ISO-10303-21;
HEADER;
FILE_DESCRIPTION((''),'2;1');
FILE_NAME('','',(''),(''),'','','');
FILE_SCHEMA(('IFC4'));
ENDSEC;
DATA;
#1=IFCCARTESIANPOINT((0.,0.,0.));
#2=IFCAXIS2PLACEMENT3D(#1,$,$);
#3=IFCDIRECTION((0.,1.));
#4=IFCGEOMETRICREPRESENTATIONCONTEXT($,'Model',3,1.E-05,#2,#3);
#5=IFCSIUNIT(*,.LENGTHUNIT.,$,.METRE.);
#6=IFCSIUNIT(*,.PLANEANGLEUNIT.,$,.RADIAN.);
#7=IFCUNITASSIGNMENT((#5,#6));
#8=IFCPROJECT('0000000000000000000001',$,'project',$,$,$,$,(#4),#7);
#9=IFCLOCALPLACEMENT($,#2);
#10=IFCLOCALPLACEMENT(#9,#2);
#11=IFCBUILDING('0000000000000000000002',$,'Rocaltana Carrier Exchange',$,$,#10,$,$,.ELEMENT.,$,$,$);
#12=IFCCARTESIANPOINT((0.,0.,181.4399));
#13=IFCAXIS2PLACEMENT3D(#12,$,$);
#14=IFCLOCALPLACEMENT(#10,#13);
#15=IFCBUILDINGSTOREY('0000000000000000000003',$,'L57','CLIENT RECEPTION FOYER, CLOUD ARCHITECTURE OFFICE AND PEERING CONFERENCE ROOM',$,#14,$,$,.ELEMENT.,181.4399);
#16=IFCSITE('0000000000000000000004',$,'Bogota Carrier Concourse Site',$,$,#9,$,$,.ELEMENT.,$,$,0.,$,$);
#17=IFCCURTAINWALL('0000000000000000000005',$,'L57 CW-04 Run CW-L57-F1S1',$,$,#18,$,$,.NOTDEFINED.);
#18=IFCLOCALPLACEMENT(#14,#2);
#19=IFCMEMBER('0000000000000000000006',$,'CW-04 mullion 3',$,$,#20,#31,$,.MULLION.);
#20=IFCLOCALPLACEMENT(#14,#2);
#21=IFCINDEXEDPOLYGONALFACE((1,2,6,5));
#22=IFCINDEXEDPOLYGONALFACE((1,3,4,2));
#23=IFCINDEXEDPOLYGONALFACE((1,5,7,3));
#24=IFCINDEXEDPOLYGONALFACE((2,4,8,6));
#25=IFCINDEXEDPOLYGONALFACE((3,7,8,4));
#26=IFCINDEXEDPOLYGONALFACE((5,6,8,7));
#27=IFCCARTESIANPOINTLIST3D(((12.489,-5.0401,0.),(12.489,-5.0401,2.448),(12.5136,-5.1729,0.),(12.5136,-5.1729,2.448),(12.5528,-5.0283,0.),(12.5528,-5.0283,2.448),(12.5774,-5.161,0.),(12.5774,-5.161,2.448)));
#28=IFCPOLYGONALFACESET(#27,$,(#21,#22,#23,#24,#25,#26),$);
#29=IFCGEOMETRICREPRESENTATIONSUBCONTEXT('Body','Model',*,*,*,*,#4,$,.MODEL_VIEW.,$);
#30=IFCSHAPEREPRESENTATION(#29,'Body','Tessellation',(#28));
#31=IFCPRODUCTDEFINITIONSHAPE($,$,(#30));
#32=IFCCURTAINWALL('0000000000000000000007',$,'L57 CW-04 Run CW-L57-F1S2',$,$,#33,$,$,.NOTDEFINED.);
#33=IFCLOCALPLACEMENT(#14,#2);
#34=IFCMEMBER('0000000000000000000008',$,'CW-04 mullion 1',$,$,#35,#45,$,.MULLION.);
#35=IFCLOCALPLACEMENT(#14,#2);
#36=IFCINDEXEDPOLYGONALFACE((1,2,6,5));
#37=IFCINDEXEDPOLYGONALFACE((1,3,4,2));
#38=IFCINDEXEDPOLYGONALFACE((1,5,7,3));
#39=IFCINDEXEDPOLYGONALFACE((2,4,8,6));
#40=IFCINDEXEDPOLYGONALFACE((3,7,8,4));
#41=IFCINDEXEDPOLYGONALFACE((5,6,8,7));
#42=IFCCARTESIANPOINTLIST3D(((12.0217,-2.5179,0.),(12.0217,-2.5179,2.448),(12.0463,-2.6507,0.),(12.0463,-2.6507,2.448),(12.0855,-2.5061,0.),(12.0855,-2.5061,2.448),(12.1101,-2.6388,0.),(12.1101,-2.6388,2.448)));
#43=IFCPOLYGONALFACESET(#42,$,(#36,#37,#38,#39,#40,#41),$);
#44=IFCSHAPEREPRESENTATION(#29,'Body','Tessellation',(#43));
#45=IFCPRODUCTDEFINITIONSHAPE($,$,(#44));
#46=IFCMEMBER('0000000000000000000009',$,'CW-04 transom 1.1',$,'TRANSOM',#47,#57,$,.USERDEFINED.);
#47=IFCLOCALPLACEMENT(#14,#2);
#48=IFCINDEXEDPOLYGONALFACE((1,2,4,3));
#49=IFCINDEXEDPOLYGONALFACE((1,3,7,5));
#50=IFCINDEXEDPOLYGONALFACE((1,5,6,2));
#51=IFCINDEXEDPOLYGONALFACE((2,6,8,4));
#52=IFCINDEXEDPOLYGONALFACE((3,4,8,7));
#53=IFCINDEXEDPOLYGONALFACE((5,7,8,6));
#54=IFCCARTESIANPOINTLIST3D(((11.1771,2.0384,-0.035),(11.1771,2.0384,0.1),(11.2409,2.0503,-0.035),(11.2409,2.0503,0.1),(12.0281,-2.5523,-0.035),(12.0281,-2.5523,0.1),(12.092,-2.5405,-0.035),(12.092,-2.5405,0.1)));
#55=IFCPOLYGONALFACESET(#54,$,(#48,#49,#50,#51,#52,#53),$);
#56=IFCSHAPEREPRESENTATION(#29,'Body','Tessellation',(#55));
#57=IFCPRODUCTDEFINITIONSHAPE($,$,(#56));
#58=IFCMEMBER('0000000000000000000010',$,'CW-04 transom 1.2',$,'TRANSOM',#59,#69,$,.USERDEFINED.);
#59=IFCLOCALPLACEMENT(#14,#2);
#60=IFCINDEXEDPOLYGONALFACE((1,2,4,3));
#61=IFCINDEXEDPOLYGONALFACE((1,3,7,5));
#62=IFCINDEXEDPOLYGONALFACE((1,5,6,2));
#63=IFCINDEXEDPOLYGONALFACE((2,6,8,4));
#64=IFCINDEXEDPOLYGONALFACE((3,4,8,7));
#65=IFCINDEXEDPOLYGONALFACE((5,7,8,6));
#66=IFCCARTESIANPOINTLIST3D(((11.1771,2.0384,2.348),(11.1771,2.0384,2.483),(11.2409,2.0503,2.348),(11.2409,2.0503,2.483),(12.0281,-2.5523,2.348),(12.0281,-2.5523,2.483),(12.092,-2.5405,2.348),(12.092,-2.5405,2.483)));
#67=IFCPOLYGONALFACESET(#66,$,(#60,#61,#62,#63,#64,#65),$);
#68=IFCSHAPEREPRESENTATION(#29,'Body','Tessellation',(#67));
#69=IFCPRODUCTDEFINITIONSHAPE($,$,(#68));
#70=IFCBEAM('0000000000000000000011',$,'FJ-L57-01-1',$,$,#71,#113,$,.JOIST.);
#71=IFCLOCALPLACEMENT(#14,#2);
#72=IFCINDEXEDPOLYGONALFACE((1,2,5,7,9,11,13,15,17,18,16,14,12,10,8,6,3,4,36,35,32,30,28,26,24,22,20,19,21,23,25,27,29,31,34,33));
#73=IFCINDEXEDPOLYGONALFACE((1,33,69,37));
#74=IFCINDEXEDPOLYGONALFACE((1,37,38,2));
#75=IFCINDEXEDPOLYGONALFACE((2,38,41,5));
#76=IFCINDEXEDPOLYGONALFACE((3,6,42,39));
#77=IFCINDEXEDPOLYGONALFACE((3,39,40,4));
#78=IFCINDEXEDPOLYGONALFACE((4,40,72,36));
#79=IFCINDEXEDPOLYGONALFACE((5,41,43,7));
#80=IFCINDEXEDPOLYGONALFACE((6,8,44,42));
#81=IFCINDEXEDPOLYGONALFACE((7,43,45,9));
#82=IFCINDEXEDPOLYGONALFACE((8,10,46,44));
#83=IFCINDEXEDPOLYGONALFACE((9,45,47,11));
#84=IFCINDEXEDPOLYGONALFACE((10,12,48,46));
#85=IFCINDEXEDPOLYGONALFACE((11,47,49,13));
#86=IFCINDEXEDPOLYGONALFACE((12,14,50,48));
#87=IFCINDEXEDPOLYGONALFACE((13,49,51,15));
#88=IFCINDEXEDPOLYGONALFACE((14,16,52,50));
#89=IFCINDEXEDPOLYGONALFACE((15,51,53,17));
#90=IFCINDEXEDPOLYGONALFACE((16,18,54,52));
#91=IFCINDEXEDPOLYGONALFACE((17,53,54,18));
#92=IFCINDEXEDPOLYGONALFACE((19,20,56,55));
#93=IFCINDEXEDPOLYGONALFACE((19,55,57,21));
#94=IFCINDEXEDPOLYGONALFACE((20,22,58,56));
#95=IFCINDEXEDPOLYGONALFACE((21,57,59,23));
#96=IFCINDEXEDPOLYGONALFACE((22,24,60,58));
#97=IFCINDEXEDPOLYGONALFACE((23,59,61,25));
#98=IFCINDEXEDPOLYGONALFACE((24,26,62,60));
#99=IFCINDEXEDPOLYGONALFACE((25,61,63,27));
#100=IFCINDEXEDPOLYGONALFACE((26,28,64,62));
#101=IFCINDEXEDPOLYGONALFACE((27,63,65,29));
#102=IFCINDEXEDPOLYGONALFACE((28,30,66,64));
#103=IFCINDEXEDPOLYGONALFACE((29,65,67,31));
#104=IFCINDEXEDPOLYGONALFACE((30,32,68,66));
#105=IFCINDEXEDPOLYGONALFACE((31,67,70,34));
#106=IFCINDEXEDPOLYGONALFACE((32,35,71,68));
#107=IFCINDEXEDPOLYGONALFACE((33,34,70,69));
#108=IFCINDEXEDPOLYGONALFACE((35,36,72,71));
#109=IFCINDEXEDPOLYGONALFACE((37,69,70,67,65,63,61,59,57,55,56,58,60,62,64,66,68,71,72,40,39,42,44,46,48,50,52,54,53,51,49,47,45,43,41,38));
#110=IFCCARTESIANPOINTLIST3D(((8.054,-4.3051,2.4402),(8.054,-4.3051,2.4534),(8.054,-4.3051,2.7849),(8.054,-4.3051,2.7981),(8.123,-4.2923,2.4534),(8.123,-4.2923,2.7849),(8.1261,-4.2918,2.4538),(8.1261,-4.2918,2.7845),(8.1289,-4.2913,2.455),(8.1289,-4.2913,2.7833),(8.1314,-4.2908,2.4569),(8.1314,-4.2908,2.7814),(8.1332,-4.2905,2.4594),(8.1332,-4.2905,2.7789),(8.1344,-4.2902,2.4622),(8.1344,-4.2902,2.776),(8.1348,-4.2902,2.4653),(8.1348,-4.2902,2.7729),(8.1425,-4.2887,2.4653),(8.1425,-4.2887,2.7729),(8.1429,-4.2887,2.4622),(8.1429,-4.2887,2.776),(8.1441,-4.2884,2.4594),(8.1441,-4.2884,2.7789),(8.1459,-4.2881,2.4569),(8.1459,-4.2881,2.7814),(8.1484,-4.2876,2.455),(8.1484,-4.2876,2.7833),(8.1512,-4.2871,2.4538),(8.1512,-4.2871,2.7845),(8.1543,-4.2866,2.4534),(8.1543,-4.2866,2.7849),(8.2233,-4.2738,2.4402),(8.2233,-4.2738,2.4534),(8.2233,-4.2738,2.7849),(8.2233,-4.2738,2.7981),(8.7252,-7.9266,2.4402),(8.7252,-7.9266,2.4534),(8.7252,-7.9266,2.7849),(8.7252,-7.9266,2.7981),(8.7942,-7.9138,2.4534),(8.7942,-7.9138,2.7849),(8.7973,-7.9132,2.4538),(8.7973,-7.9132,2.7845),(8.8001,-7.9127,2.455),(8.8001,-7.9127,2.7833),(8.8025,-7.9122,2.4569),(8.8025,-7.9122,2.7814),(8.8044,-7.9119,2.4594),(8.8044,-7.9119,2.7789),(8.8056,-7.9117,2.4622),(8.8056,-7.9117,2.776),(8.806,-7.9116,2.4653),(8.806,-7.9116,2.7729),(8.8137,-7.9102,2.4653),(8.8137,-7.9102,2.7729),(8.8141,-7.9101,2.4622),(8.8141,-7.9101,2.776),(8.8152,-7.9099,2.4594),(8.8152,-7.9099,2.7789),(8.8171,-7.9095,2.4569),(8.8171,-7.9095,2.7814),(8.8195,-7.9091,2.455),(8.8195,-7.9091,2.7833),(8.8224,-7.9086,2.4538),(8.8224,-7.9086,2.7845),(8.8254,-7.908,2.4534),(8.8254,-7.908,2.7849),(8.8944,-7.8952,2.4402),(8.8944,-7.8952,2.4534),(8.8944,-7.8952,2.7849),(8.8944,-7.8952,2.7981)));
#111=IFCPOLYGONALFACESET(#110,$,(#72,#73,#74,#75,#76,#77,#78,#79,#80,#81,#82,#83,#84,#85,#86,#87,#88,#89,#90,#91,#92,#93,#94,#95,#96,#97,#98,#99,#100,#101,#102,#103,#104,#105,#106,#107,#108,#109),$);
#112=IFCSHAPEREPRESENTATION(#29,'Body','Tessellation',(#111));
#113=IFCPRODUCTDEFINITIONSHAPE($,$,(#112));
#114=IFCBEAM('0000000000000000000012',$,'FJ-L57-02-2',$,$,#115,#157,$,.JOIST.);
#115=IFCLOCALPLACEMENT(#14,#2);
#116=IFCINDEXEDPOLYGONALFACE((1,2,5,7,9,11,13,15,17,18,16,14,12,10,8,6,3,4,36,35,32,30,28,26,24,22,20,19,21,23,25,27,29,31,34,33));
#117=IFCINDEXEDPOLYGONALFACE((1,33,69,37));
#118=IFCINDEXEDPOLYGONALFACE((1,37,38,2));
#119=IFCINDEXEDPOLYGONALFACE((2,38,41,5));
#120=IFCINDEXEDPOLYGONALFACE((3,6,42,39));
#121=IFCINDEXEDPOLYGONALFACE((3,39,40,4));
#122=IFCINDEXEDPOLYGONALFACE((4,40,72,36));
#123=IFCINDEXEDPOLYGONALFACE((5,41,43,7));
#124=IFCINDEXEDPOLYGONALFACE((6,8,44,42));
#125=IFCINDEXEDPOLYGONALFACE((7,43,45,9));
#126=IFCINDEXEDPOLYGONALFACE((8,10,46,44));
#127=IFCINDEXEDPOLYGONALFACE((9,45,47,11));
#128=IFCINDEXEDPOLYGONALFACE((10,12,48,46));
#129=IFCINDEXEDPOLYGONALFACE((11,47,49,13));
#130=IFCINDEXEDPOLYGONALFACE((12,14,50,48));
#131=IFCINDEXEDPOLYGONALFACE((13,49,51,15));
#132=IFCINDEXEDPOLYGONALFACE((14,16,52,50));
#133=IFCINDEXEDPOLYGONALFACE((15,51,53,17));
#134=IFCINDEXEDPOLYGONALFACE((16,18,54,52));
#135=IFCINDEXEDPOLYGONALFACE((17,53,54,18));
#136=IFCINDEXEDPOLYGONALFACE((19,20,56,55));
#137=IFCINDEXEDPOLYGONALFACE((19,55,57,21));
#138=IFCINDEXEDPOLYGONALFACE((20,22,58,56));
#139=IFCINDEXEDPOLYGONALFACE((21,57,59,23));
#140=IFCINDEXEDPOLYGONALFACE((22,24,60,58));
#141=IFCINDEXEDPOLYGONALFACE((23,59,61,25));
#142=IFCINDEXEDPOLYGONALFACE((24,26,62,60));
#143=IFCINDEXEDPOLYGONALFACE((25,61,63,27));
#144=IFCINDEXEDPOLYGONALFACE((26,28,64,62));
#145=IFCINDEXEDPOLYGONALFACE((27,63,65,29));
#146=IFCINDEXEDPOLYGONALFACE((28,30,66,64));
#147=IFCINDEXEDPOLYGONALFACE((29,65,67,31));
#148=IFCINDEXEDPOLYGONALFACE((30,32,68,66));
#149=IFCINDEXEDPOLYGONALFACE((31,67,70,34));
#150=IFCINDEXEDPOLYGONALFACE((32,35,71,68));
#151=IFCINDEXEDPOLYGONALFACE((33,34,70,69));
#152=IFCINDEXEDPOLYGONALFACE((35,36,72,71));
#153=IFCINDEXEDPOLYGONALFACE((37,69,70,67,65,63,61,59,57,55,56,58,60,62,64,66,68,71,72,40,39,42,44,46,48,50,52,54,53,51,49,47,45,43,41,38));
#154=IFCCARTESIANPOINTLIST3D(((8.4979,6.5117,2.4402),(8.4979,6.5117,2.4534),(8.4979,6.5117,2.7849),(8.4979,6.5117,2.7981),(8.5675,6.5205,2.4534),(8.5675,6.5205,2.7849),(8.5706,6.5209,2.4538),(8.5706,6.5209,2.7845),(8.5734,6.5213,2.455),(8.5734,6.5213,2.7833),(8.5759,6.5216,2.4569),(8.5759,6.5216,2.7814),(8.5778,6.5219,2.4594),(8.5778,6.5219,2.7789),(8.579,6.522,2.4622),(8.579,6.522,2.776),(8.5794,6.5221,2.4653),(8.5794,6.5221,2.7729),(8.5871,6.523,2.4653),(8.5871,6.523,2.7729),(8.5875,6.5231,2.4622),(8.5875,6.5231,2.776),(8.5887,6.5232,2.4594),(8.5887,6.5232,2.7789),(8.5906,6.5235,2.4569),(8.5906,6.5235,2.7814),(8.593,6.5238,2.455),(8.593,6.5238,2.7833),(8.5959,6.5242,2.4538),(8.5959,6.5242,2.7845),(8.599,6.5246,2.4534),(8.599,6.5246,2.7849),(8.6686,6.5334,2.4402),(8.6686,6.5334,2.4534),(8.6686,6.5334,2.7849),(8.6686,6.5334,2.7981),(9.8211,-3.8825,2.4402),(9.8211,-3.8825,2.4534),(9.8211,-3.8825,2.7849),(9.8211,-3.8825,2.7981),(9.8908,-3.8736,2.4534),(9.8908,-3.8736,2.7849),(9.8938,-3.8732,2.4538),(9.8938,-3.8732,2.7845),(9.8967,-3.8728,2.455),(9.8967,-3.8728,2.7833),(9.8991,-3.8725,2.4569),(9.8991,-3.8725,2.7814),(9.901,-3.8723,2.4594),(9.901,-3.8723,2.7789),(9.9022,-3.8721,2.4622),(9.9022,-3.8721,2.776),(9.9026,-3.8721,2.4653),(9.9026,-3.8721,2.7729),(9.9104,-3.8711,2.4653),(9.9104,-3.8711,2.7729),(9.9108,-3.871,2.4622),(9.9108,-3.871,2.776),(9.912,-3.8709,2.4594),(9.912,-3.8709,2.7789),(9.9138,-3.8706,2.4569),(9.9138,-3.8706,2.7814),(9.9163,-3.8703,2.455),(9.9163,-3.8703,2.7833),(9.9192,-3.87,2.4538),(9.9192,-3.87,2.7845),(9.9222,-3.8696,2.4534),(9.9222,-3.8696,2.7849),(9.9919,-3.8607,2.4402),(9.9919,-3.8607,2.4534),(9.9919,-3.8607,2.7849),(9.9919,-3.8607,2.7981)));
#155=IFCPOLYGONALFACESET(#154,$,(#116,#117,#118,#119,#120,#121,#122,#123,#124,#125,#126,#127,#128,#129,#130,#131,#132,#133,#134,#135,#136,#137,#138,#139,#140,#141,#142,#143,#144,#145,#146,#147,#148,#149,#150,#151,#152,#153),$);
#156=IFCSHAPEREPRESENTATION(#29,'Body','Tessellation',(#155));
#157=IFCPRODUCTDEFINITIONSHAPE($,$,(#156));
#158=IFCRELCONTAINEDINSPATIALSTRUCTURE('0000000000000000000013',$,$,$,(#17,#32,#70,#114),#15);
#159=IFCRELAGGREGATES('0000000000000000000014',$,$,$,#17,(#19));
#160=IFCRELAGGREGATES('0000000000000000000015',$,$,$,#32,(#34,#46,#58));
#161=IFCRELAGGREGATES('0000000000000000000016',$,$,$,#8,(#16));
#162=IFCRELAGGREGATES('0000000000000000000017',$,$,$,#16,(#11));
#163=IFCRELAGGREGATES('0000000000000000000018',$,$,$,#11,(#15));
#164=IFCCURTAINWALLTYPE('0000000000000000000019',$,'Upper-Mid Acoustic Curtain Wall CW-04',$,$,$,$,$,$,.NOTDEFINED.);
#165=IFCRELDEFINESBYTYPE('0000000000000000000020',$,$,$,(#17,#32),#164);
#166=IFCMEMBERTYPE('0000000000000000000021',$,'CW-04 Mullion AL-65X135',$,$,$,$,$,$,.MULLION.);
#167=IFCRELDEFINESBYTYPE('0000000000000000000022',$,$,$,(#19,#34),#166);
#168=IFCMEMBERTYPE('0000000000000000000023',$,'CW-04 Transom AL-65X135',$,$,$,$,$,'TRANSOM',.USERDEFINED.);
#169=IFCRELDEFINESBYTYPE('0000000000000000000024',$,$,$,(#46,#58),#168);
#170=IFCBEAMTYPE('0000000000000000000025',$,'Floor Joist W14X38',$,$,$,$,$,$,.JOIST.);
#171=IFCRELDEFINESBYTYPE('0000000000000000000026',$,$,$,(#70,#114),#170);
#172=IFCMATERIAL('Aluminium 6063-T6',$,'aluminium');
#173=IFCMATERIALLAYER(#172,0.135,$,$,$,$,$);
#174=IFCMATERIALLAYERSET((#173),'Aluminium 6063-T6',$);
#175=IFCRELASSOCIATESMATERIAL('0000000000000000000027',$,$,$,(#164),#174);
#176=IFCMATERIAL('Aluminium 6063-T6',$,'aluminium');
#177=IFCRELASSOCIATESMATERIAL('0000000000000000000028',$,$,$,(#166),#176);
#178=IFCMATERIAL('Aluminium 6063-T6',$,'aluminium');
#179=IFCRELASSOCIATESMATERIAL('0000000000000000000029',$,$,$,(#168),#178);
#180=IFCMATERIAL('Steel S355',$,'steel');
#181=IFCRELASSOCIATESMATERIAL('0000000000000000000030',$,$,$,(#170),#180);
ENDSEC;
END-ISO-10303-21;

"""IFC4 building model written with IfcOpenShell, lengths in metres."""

from ifc_helpers import new_model, si_unit, direction, frame, origin, origin_2d, place, context, subcontext, project, spatial, rectangle, i_section, extrude, material, layer, layer_set, material_profile, profile_set, type_object, element, aggregate, save


model = new_model("IFC4")

# Units and contexts
model_context = context("Model", 3, precision=1e-05, world=origin(), true_north=direction((0.0, 1.0)))
body_context = subcontext(model_context, "Body", "Model", "MODEL_VIEW")
ifc_project = project(units=[si_unit("LENGTHUNIT", "METRE"), si_unit("PLANEANGLEUNIT", "RADIAN")], contexts=[model_context])

# Site, building, storey
site_placement = place(None, origin())
site = spatial("IfcSite", under=ifc_project, at=site_placement, Name="Bogota Carrier Concourse Site", CompositionType="ELEMENT", RefElevation=0.0)
building_placement = place(site_placement, origin())
building = spatial("IfcBuilding", under=site, at=building_placement, Name="Rocaltana Carrier Exchange", CompositionType="ELEMENT")
storey_placement = place(building_placement, frame((0.0, 0.0, 181.4399)))
storey = spatial("IfcBuildingStorey", under=building, at=storey_placement, Name="L57", Description="CLIENT RECEPTION FOYER, CLOUD ARCHITECTURE OFFICE AND PEERING CONFERENCE ROOM", CompositionType="ELEMENT", Elevation=181.4399)

# Curtain wall, member
ifc_material_1 = material(Name="Aluminium 6063-T6", Category="aluminium")
ifc_layer_1 = layer(ifc_material_1, 0.135)
ifc_layer_set_1 = layer_set([ifc_layer_1], Name="Aluminium 6063-T6")
curtain_wall_type = type_object("IfcCurtainWallType", Name="Upper-Mid Acoustic Curtain Wall CW-04", PredefinedType="NOTDEFINED", material=ifc_layer_set_1)
curtain_wall_1_placement = place(storey_placement, origin())
curtain_wall_1 = element("IfcCurtainWall", 1, at=curtain_wall_1_placement, inside=storey, type_object=curtain_wall_type, Name="L57 CW-04 Run CW-L57-F1S1", PredefinedType="NOTDEFINED")
ifc_material_2 = material(Name="Aluminium 6063-T6", Category="aluminium")
ifc_material_profile_1 = material_profile(ifc_material_2, rectangle(XDim=0.0649, YDim=0.135, at=origin_2d()), Name="AL-65X135")
ifc_profile_set_1 = profile_set([ifc_material_profile_1], Name="Aluminium 6063-T6")
member_type_1 = type_object("IfcMemberType", Name="CW-04 Mullion AL-65X135", PredefinedType="MULLION", material=ifc_profile_set_1)
member_1_placement = place(storey_placement, frame((12.5332, -5.1006, 0.0), z_axis=(0.0, 0.0, 1.0), x_axis=(-0.983255, -0.182234, 0.0)))
member_1 = element("IfcMember", 2, at=member_1_placement, type_object=member_type_1, Name="CW-04 mullion 3", PredefinedType="MULLION", context=body_context, shape_type="SweptSolid", body=[
    extrude(rectangle(XDim=0.0649, YDim=0.135, at=origin_2d()), origin(), (0.0, 0.0, 1.0), 2.448),
])

# Curtain wall, members
curtain_wall_2_placement = place(storey_placement, origin())
curtain_wall_2 = element("IfcCurtainWall", 3, at=curtain_wall_2_placement, inside=storey, type_object=curtain_wall_type, Name="L57 CW-04 Run CW-L57-F1S2", PredefinedType="NOTDEFINED")
member_2_placement = place(storey_placement, frame((12.0659, -2.5784, 0.0), z_axis=(0.0, 0.0, 1.0), x_axis=(-0.983255, -0.182236, 0.0)))
member_2 = element("IfcMember", 4, at=member_2_placement, type_object=member_type_1, Name="CW-04 mullion 1", PredefinedType="MULLION", context=body_context, shape_type="SweptSolid", body=[
    extrude(rectangle(XDim=0.0649, YDim=0.135, at=origin_2d()), origin(), (0.0, 0.0, 1.0), 2.448),
])
ifc_material_3 = material(Name="Aluminium 6063-T6", Category="aluminium")
ifc_material_profile_2 = material_profile(ifc_material_3, rectangle(XDim=0.0649, YDim=0.135, at=origin_2d()), Name="AL-65X135")
ifc_profile_set_2 = profile_set([ifc_material_profile_2], Name="Aluminium 6063-T6")
member_type_2 = type_object("IfcMemberType", Name="CW-04 Transom AL-65X135", ElementType="TRANSOM", PredefinedType="USERDEFINED", material=ifc_profile_set_2)
member_3_placement = place(storey_placement, frame((12.0601, -2.5464, 0.0325), z_axis=(-0.18228, 0.983247, 0.0), x_axis=(-0.983247, -0.18228, 0.0)))
member_3 = element("IfcMember", 5, at=member_3_placement, type_object=member_type_2, Name="CW-04 transom 1.1", ObjectType="TRANSOM", PredefinedType="USERDEFINED", context=body_context, shape_type="SweptSolid", body=[
    extrude(rectangle(XDim=0.0649, YDim=0.135, at=origin_2d()), origin(), (0.0, 0.0, 1.0), 4.6689),
])
member_4_placement = place(storey_placement, frame((12.0601, -2.5464, 2.4155), z_axis=(-0.18228, 0.983247, 0.0), x_axis=(-0.983247, -0.18228, 0.0)))
member_4 = element("IfcMember", 6, at=member_4_placement, type_object=member_type_2, Name="CW-04 transom 1.2", ObjectType="TRANSOM", PredefinedType="USERDEFINED", context=body_context, shape_type="SweptSolid", body=[
    extrude(rectangle(XDim=0.0649, YDim=0.135, at=origin_2d()), origin(), (0.0, 0.0, 1.0), 4.6689),
])

# Beams
ifc_material_4 = material(Name="Steel S355", Category="steel")
ifc_material_profile_3 = material_profile(ifc_material_4, i_section(OverallWidth=0.1721, OverallDepth=0.3579, WebThickness=0.0078, FlangeThickness=0.0132, FilletRadius=0.012, at=origin_2d()), Name="W14X38")
ifc_profile_set_3 = profile_set([ifc_material_profile_3], Name="Steel S355")
beam_type_1 = type_object("IfcBeamType", Name="Floor Joist W14X38", PredefinedType="JOIST", material=ifc_profile_set_3)
beam_1_placement = place(storey_placement, frame((8.8098, -7.9109, 2.6191), z_axis=(-0.182227, 0.983256, 0.0), x_axis=(-0.983256, -0.182227, 0.0)))
element("IfcBeam", 7, at=beam_1_placement, inside=storey, type_object=beam_type_1, Name="FJ-L57-01-1", PredefinedType="JOIST", context=body_context, shape_type="SweptSolid", body=[
    extrude(i_section(OverallWidth=0.1721, OverallDepth=0.3579, WebThickness=0.0078, FlangeThickness=0.0132, FilletRadius=0.012, at=origin_2d()), origin(), (0.0, 0.0, 1.0), 3.6831),
])
beam_2_placement = place(storey_placement, frame((9.9065, -3.8716, 2.6191), z_axis=(-0.126288, 0.991994, 0.0), x_axis=(-0.991994, -0.126288, 0.0)))
element("IfcBeam", 8, at=beam_2_placement, inside=storey, type_object=beam_type_1, Name="FJ-L57-02-2", PredefinedType="JOIST", context=body_context, shape_type="SweptSolid", body=[
    extrude(i_section(OverallWidth=0.1721, OverallDepth=0.3579, WebThickness=0.0078, FlangeThickness=0.0132, FilletRadius=0.012, at=origin_2d()), origin(), (0.0, 0.0, 1.0), 10.478),
])

aggregate(curtain_wall_1, [member_1])
aggregate(curtain_wall_2, [member_2, member_3, member_4])

save(model, "model.ifc")
